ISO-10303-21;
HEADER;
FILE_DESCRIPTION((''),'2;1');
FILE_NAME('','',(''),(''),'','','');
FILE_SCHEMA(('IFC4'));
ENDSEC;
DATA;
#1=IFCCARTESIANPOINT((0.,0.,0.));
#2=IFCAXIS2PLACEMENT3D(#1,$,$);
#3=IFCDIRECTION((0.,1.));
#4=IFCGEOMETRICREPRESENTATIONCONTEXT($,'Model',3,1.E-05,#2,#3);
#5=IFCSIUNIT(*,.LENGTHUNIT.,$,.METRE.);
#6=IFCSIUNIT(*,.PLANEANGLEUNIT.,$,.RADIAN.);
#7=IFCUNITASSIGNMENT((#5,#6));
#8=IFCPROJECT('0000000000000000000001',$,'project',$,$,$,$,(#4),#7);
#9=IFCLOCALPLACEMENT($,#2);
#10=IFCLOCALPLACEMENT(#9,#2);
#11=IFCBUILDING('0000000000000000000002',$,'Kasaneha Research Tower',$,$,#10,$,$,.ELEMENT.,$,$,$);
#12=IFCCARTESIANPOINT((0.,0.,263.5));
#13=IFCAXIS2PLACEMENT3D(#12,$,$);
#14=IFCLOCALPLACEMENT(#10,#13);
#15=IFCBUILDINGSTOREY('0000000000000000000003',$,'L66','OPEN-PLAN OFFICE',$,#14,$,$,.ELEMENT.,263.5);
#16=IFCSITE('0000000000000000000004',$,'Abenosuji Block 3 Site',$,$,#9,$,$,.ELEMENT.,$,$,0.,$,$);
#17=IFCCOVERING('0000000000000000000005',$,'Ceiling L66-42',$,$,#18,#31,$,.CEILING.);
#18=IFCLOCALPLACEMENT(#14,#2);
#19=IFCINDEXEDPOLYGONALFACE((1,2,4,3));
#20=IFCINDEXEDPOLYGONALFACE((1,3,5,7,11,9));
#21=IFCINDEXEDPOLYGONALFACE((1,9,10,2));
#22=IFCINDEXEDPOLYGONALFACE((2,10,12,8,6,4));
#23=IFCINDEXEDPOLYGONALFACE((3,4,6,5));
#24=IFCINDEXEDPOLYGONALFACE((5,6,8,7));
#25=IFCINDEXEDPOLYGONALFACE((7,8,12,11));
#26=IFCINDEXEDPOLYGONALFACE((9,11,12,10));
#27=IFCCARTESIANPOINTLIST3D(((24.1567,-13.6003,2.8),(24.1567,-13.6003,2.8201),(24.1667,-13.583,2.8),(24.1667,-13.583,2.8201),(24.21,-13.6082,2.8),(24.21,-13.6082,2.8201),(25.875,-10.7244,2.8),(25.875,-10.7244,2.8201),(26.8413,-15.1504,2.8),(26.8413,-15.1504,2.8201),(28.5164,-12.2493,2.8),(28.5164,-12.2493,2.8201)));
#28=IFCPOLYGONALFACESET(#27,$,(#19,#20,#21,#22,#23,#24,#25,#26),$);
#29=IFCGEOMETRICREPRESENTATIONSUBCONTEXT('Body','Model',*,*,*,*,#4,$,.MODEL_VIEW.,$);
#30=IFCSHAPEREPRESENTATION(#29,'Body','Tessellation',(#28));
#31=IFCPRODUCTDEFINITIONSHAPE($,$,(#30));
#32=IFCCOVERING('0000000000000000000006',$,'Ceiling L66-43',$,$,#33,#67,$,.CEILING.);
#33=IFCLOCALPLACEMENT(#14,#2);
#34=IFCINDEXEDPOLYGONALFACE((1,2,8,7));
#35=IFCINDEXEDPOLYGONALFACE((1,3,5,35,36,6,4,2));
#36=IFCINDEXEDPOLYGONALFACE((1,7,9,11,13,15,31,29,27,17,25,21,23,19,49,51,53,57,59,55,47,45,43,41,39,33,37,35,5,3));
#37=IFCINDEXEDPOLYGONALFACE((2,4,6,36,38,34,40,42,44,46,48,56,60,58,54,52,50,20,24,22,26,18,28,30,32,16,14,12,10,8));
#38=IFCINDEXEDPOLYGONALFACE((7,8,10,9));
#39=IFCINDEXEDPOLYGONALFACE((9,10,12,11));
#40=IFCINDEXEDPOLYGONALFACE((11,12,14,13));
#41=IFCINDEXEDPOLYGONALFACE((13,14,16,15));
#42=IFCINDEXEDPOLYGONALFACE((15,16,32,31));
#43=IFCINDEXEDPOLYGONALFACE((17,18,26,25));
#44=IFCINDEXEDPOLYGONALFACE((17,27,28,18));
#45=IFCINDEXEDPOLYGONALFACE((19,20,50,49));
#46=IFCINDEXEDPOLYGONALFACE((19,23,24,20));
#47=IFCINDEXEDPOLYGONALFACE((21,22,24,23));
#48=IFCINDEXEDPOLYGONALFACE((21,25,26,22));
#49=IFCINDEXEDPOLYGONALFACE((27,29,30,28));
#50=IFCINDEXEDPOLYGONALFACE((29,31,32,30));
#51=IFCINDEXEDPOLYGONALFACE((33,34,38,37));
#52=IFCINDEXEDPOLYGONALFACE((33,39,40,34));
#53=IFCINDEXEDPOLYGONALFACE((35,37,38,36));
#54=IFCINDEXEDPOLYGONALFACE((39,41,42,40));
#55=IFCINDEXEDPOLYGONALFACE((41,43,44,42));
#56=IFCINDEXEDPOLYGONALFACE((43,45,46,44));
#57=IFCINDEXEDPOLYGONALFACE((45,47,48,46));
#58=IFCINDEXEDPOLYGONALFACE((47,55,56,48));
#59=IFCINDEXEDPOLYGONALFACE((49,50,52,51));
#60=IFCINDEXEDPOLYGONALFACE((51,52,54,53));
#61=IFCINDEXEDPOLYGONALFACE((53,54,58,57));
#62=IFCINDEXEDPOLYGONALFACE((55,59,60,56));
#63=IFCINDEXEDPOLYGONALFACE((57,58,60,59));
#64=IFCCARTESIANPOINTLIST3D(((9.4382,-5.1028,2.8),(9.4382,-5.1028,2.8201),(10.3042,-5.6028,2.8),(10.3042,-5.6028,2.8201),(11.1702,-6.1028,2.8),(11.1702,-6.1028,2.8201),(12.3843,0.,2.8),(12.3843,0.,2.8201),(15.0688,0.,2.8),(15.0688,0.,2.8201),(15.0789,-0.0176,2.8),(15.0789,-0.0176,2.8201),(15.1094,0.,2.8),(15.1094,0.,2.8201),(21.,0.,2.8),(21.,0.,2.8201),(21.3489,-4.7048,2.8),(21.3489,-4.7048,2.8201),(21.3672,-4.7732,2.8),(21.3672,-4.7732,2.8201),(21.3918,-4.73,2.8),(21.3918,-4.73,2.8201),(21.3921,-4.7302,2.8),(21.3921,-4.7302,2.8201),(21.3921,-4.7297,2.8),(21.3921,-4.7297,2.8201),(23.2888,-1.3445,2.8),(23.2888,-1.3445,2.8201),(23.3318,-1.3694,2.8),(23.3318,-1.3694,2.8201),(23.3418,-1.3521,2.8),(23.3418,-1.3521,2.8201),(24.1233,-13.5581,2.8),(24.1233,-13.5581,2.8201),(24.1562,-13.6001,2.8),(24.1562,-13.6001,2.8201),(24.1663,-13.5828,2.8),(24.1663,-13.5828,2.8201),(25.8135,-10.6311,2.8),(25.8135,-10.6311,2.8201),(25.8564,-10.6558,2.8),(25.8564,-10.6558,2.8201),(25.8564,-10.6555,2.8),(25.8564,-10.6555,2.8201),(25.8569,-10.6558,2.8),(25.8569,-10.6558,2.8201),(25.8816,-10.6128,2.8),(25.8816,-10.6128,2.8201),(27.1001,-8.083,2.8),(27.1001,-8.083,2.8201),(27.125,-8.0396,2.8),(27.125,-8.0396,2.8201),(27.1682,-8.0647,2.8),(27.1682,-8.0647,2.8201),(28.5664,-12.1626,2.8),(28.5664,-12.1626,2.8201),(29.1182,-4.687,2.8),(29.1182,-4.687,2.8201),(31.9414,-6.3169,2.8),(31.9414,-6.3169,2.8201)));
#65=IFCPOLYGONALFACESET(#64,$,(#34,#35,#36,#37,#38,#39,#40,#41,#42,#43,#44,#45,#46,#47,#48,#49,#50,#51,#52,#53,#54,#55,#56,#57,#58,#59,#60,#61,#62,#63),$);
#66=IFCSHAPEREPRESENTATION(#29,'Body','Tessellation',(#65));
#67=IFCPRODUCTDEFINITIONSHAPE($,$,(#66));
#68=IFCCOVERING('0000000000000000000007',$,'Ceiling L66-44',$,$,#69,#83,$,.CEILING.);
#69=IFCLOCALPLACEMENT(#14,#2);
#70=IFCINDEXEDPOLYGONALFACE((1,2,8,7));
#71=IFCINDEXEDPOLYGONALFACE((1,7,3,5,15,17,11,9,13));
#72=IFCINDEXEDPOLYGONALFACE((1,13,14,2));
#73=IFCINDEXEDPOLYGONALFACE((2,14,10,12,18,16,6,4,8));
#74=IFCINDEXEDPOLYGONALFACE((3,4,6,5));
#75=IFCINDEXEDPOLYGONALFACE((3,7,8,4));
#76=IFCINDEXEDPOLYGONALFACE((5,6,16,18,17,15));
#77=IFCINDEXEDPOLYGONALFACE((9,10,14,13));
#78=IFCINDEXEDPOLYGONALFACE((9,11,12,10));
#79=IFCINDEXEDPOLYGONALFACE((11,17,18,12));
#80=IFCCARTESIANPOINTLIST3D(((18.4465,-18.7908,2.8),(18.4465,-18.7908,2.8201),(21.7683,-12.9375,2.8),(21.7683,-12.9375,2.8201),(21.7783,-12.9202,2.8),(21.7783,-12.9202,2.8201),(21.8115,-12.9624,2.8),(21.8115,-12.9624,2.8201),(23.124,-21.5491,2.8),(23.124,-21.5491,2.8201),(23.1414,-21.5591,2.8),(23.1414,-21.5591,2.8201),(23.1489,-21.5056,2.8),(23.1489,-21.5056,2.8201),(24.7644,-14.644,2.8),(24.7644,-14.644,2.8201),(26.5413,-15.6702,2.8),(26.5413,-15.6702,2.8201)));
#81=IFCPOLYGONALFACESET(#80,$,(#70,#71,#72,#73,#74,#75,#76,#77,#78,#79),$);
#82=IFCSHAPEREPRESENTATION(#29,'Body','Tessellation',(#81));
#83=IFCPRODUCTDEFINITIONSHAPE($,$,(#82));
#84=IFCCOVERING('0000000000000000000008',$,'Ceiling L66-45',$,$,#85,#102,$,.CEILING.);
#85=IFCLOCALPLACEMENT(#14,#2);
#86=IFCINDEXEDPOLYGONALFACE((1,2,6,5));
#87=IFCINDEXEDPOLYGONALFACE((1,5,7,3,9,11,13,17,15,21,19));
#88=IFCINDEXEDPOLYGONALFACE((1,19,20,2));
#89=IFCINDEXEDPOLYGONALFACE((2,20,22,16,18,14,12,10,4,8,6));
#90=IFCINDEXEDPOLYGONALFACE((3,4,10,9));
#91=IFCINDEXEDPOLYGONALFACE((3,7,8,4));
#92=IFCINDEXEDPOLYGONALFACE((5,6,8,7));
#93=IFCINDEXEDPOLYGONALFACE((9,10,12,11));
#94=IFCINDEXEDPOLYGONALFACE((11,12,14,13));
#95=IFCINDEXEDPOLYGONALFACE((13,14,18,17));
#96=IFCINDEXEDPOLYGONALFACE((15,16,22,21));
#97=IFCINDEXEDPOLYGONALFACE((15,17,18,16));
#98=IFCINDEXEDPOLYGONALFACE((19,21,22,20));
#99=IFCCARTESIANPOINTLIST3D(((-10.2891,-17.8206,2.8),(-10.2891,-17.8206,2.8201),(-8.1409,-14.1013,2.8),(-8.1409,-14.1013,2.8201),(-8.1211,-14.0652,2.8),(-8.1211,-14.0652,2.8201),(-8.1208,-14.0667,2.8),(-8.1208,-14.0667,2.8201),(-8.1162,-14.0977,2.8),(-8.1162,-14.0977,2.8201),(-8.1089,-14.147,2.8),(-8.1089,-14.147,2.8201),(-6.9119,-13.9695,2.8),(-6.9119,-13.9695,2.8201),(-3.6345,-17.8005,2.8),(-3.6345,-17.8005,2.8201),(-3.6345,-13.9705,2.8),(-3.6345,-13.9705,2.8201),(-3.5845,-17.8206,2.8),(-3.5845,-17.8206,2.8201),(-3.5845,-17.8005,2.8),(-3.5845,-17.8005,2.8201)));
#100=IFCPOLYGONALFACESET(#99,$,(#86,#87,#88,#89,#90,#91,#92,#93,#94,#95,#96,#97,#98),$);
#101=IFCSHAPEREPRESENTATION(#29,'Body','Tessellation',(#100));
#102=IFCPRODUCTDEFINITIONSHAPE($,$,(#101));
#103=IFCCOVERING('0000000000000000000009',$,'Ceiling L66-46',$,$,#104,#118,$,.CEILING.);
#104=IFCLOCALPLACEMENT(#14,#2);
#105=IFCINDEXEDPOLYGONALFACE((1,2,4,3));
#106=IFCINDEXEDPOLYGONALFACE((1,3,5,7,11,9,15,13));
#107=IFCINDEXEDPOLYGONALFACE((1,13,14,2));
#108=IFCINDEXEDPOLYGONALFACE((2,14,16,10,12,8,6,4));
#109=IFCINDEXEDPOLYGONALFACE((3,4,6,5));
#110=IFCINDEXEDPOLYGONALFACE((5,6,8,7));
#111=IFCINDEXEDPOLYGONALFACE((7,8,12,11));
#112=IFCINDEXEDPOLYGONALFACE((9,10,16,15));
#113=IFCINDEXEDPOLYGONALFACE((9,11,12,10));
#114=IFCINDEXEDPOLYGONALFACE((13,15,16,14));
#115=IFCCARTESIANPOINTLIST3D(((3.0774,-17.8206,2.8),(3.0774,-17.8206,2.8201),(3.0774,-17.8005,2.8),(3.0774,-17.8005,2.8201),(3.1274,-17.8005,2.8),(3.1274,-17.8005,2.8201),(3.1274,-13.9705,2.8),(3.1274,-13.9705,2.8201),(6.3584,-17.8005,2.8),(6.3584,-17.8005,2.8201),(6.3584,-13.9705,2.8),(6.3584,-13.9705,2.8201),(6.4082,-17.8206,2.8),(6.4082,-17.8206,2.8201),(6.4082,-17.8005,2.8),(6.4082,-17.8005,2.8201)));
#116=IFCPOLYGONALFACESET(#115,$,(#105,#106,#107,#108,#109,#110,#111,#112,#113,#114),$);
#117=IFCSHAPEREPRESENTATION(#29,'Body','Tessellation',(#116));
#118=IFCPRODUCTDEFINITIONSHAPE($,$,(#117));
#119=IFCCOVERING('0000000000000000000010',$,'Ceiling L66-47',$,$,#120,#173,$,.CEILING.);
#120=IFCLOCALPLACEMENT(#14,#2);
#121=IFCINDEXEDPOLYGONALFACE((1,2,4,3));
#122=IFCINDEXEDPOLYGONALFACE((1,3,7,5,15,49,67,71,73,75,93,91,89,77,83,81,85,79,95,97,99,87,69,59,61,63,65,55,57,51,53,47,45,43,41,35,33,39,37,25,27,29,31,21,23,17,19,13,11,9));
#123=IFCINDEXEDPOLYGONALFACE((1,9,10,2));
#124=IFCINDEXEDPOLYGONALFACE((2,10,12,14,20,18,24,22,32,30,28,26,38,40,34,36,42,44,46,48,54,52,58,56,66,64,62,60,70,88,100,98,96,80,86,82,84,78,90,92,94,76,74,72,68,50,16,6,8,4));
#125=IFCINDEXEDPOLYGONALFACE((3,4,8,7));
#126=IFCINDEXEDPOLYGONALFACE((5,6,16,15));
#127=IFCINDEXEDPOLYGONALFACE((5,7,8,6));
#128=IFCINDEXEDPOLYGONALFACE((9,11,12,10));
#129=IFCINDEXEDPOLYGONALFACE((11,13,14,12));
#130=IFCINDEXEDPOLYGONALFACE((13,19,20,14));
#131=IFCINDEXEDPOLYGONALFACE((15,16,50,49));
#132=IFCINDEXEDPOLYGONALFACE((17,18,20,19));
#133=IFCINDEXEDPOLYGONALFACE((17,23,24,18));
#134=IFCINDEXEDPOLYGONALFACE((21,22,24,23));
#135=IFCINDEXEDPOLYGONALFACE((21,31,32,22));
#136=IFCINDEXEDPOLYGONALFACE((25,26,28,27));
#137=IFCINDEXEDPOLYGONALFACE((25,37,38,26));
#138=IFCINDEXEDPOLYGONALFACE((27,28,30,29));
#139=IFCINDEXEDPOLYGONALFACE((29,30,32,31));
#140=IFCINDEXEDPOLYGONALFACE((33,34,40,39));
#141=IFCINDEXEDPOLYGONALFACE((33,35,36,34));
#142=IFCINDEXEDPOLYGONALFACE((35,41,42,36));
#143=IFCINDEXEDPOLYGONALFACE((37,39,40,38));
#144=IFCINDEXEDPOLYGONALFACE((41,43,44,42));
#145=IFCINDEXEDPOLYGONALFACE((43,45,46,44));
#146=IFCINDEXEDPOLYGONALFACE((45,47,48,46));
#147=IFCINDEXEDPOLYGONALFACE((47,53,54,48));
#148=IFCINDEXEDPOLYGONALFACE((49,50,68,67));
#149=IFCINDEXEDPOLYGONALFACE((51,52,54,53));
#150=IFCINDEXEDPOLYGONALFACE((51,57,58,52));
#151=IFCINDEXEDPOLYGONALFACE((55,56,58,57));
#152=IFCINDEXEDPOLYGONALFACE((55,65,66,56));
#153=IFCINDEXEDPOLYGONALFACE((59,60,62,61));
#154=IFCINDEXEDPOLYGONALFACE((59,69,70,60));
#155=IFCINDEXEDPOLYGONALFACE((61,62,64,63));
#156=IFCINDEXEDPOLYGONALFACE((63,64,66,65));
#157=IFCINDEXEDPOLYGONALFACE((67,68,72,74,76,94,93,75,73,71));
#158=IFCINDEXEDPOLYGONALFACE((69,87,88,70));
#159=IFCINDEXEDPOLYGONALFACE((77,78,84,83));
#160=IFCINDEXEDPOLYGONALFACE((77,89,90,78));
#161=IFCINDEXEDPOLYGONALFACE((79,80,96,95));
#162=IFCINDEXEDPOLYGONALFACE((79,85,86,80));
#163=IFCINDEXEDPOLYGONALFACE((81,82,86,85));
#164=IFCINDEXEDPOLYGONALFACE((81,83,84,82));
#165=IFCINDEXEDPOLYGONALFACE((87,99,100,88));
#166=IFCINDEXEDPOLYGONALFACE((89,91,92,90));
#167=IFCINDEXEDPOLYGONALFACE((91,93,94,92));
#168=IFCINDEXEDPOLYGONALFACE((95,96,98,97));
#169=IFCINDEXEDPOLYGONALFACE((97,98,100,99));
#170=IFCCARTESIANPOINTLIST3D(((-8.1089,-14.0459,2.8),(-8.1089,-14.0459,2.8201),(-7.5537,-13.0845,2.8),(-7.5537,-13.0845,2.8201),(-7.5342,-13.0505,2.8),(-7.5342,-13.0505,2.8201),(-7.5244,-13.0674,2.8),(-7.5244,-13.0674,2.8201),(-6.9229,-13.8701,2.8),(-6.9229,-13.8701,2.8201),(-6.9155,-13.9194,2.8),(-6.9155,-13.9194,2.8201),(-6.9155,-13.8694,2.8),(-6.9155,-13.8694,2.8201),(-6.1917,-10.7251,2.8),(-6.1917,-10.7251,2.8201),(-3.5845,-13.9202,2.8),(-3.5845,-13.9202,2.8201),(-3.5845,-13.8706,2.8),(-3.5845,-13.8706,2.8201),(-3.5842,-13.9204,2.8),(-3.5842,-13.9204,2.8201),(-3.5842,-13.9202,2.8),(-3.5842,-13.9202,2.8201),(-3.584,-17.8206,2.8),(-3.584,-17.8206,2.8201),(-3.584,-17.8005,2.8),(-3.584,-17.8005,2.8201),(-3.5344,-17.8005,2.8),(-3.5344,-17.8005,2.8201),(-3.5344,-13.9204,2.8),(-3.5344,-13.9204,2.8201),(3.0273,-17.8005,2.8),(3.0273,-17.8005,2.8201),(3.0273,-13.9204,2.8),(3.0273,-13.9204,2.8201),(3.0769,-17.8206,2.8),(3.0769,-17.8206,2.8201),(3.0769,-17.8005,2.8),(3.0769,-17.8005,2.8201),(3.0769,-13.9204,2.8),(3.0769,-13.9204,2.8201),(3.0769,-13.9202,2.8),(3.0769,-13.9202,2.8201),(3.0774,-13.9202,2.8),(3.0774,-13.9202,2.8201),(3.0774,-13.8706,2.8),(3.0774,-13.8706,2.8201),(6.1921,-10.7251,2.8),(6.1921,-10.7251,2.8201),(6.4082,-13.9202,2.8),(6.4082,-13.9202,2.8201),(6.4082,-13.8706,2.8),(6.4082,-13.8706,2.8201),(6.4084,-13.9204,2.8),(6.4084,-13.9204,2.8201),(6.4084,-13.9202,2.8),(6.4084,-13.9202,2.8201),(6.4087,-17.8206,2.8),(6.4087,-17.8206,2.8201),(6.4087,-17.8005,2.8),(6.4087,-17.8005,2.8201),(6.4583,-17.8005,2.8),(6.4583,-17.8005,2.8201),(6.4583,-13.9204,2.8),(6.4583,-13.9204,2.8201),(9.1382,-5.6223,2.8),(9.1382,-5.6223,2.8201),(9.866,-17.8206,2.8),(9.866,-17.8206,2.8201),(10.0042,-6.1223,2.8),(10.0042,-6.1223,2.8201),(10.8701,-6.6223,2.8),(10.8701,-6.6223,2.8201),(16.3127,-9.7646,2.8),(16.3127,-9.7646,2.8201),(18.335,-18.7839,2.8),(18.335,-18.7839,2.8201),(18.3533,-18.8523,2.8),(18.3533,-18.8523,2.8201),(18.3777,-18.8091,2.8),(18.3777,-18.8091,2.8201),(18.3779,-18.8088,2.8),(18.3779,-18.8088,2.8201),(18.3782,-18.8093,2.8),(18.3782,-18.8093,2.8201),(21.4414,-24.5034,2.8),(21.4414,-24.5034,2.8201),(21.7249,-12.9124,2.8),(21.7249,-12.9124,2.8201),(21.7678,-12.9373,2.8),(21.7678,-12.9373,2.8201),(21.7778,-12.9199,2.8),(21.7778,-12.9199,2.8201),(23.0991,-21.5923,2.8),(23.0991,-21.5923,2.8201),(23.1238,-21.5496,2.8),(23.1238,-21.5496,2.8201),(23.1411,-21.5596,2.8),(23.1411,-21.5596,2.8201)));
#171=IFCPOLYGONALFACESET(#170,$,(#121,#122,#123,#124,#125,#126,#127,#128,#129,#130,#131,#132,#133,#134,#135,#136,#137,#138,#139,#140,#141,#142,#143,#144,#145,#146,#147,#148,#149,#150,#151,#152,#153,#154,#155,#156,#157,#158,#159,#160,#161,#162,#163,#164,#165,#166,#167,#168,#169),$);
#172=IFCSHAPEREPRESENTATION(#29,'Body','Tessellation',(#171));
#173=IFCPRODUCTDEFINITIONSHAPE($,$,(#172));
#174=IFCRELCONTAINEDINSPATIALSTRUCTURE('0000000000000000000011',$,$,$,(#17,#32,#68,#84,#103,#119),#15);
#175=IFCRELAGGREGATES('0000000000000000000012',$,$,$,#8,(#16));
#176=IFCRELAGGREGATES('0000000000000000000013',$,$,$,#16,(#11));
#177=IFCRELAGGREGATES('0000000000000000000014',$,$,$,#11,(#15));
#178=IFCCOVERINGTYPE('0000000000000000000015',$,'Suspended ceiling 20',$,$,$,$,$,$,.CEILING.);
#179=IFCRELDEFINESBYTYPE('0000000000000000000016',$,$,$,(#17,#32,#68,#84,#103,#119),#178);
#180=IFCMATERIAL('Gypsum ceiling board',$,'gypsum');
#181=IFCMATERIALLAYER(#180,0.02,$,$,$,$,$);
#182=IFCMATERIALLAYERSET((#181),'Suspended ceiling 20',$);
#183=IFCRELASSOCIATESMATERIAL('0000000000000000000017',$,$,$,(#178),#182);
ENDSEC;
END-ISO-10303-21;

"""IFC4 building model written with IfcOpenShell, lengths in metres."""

from ifc_helpers import new_model, si_unit, direction, frame, origin, place, context, subcontext, project, spatial, polyline, outline, extrude, material, layer, layer_set, type_object, element, save


model = new_model("IFC4")

# Units and contexts
model_context = context("Model", 3, precision=1e-05, world=origin(), true_north=direction((0.0, 1.0)))
body_context = subcontext(model_context, "Body", "Model", "MODEL_VIEW")
ifc_project = project(units=[si_unit("LENGTHUNIT", "METRE"), si_unit("PLANEANGLEUNIT", "RADIAN")], contexts=[model_context])

# Site, building, storey
site_placement = place(None, origin())
site = spatial("IfcSite", under=ifc_project, at=site_placement, Name="Abenosuji Block 3 Site", CompositionType="ELEMENT", RefElevation=0.0)
building_placement = place(site_placement, origin())
building = spatial("IfcBuilding", under=site, at=building_placement, Name="Kasaneha Research Tower", CompositionType="ELEMENT")
storey_placement = place(building_placement, frame((0.0, 0.0, 263.5)))
storey = spatial("IfcBuildingStorey", under=building, at=storey_placement, Name="L66", Description="OPEN-PLAN OFFICE", CompositionType="ELEMENT", Elevation=263.5)

# Coverings
ifc_material_1 = material(Name="Gypsum ceiling board", Category="gypsum")
ifc_layer_1 = layer(ifc_material_1, 0.02)
ifc_layer_set_1 = layer_set([ifc_layer_1], Name="Suspended ceiling 20")
covering_type_1 = type_object("IfcCoveringType", Name="Suspended ceiling 20", PredefinedType="CEILING", material=ifc_layer_set_1)
covering_1_placement = place(storey_placement, frame((0.0, 0.0, 2.8)))
element("IfcCovering", 1, at=covering_1_placement, inside=storey, type_object=covering_type_1, Name="Ceiling L66-42", PredefinedType="CEILING", context=body_context, shape_type="SweptSolid", body=[
    extrude(outline(polyline([(24.1567, -13.6003), (24.1667, -13.583), (24.21, -13.6082), (25.875, -10.7244), (28.5164, -12.2493), (26.8413, -15.1504), (24.1567, -13.6003)])), origin(), (0.0, 0.0, 1.0), 0.02),
])
covering_2_placement = place(storey_placement, frame((0.0, 0.0, 2.8)))
element("IfcCovering", 2, at=covering_2_placement, inside=storey, type_object=covering_type_1, Name="Ceiling L66-43", PredefinedType="CEILING", context=body_context, shape_type="SweptSolid", body=[
    extrude(outline(polyline([(10.3042, -5.6028), (10.3042, -5.6028), (9.4382, -5.1028), (12.3843, 0.0), (15.0688, 0.0), (15.0789, -0.0176), (15.1094, 0.0), (21.0, 0.0), (23.3418, -1.3521), (23.3318, -1.3694), (23.2888, -1.3445), (21.3489, -4.7048), (21.3921, -4.7297), (21.3918, -4.73), (21.3921, -4.7302), (21.3672, -4.7732), (27.1001, -8.083), (27.125, -8.0396), (27.1682, -8.0647), (29.1182, -4.687), (31.9414, -6.3169), (28.5664, -12.1626), (25.8816, -10.6128), (25.8569, -10.6558), (25.8564, -10.6555), (25.8564, -10.6558), (25.8135, -10.6311), (24.1233, -13.5581), (24.1663, -13.5828), (24.1562, -13.6001), (11.1702, -6.1028), (11.1702, -6.1028), (10.3042, -5.6028)])), origin(), (0.0, 0.0, 1.0), 0.02),
])
covering_3_placement = place(storey_placement, frame((0.0, 0.0, 2.8)))
element("IfcCovering", 3, at=covering_3_placement, inside=storey, type_object=covering_type_1, Name="Ceiling L66-44", PredefinedType="CEILING", context=body_context, shape_type="SweptSolid", body=[
    extrude(outline(polyline([(23.1414, -21.5591), (23.124, -21.5491), (23.1489, -21.5056), (18.4465, -18.7908), (21.8115, -12.9624), (21.7683, -12.9375), (21.7783, -12.9202), (24.7644, -14.644), (26.5413, -15.6702), (23.1414, -21.5591)])), origin(), (0.0, 0.0, 1.0), 0.02),
])
covering_4_placement = place(storey_placement, frame((0.0, 0.0, 2.8)))
element("IfcCovering", 4, at=covering_4_placement, inside=storey, type_object=covering_type_1, Name="Ceiling L66-45", PredefinedType="CEILING", context=body_context, shape_type="SweptSolid", body=[
    extrude(outline(polyline([(-8.1211, -14.0652), (-8.1208, -14.0667), (-8.1409, -14.1013), (-8.1162, -14.0977), (-8.1089, -14.147), (-6.9119, -13.9695), (-3.6345, -13.9705), (-3.6345, -17.8005), (-3.5845, -17.8005), (-3.5845, -17.8206), (-10.2891, -17.8206), (-8.1211, -14.0652)])), origin(), (0.0, 0.0, 1.0), 0.02),
])
covering_5_placement = place(storey_placement, frame((0.0, 0.0, 2.8)))
element("IfcCovering", 5, at=covering_5_placement, inside=storey, type_object=covering_type_1, Name="Ceiling L66-46", PredefinedType="CEILING", context=body_context, shape_type="SweptSolid", body=[
    extrude(outline(polyline([(3.0774, -17.8206), (3.0774, -17.8005), (3.1274, -17.8005), (3.1274, -13.9705), (6.3584, -13.9705), (6.3584, -17.8005), (6.4082, -17.8005), (6.4082, -17.8206), (3.0774, -17.8206)])), origin(), (0.0, 0.0, 1.0), 0.02),
])
covering_6_placement = place(storey_placement, frame((0.0, 0.0, 2.8)))
element("IfcCovering", 6, at=covering_6_placement, inside=storey, type_object=covering_type_1, Name="Ceiling L66-47", PredefinedType="CEILING", context=body_context, shape_type="SweptSolid", body=[
    extrude(outline(polyline([(10.0042, -6.1223), (10.0042, -6.1223), (10.8701, -6.6223), (10.8701, -6.6223), (16.3127, -9.7646), (21.7778, -12.9199), (21.7678, -12.9373), (21.7249, -12.9124), (18.335, -18.7839), (18.3779, -18.8088), (18.3777, -18.8091), (18.3782, -18.8093), (18.3533, -18.8523), (23.0991, -21.5923), (23.1238, -21.5496), (23.1411, -21.5596), (21.4414, -24.5034), (9.866, -17.8206), (6.4087, -17.8206), (6.4087, -17.8005), (6.4583, -17.8005), (6.4583, -13.9204), (6.4084, -13.9204), (6.4084, -13.9202), (6.4082, -13.9202), (6.4082, -13.8706), (3.0774, -13.8706), (3.0774, -13.9202), (3.0769, -13.9202), (3.0769, -13.9204), (3.0273, -13.9204), (3.0273, -17.8005), (3.0769, -17.8005), (3.0769, -17.8206), (-3.584, -17.8206), (-3.584, -17.8005), (-3.5344, -17.8005), (-3.5344, -13.9204), (-3.5842, -13.9204), (-3.5842, -13.9202), (-3.5845, -13.9202), (-3.5845, -13.8706), (-6.9155, -13.8694), (-6.9155, -13.9194), (-6.9229, -13.8701), (-8.1089, -14.0459), (-7.5537, -13.0845), (-7.5244, -13.0674), (-7.5342, -13.0505), (-6.1917, -10.7251), (6.1921, -10.7251), (9.1382, -5.6223), (10.0042, -6.1223)])), origin(), (0.0, 0.0, 1.0), 0.02),
])

save(model, "model.ifc")
